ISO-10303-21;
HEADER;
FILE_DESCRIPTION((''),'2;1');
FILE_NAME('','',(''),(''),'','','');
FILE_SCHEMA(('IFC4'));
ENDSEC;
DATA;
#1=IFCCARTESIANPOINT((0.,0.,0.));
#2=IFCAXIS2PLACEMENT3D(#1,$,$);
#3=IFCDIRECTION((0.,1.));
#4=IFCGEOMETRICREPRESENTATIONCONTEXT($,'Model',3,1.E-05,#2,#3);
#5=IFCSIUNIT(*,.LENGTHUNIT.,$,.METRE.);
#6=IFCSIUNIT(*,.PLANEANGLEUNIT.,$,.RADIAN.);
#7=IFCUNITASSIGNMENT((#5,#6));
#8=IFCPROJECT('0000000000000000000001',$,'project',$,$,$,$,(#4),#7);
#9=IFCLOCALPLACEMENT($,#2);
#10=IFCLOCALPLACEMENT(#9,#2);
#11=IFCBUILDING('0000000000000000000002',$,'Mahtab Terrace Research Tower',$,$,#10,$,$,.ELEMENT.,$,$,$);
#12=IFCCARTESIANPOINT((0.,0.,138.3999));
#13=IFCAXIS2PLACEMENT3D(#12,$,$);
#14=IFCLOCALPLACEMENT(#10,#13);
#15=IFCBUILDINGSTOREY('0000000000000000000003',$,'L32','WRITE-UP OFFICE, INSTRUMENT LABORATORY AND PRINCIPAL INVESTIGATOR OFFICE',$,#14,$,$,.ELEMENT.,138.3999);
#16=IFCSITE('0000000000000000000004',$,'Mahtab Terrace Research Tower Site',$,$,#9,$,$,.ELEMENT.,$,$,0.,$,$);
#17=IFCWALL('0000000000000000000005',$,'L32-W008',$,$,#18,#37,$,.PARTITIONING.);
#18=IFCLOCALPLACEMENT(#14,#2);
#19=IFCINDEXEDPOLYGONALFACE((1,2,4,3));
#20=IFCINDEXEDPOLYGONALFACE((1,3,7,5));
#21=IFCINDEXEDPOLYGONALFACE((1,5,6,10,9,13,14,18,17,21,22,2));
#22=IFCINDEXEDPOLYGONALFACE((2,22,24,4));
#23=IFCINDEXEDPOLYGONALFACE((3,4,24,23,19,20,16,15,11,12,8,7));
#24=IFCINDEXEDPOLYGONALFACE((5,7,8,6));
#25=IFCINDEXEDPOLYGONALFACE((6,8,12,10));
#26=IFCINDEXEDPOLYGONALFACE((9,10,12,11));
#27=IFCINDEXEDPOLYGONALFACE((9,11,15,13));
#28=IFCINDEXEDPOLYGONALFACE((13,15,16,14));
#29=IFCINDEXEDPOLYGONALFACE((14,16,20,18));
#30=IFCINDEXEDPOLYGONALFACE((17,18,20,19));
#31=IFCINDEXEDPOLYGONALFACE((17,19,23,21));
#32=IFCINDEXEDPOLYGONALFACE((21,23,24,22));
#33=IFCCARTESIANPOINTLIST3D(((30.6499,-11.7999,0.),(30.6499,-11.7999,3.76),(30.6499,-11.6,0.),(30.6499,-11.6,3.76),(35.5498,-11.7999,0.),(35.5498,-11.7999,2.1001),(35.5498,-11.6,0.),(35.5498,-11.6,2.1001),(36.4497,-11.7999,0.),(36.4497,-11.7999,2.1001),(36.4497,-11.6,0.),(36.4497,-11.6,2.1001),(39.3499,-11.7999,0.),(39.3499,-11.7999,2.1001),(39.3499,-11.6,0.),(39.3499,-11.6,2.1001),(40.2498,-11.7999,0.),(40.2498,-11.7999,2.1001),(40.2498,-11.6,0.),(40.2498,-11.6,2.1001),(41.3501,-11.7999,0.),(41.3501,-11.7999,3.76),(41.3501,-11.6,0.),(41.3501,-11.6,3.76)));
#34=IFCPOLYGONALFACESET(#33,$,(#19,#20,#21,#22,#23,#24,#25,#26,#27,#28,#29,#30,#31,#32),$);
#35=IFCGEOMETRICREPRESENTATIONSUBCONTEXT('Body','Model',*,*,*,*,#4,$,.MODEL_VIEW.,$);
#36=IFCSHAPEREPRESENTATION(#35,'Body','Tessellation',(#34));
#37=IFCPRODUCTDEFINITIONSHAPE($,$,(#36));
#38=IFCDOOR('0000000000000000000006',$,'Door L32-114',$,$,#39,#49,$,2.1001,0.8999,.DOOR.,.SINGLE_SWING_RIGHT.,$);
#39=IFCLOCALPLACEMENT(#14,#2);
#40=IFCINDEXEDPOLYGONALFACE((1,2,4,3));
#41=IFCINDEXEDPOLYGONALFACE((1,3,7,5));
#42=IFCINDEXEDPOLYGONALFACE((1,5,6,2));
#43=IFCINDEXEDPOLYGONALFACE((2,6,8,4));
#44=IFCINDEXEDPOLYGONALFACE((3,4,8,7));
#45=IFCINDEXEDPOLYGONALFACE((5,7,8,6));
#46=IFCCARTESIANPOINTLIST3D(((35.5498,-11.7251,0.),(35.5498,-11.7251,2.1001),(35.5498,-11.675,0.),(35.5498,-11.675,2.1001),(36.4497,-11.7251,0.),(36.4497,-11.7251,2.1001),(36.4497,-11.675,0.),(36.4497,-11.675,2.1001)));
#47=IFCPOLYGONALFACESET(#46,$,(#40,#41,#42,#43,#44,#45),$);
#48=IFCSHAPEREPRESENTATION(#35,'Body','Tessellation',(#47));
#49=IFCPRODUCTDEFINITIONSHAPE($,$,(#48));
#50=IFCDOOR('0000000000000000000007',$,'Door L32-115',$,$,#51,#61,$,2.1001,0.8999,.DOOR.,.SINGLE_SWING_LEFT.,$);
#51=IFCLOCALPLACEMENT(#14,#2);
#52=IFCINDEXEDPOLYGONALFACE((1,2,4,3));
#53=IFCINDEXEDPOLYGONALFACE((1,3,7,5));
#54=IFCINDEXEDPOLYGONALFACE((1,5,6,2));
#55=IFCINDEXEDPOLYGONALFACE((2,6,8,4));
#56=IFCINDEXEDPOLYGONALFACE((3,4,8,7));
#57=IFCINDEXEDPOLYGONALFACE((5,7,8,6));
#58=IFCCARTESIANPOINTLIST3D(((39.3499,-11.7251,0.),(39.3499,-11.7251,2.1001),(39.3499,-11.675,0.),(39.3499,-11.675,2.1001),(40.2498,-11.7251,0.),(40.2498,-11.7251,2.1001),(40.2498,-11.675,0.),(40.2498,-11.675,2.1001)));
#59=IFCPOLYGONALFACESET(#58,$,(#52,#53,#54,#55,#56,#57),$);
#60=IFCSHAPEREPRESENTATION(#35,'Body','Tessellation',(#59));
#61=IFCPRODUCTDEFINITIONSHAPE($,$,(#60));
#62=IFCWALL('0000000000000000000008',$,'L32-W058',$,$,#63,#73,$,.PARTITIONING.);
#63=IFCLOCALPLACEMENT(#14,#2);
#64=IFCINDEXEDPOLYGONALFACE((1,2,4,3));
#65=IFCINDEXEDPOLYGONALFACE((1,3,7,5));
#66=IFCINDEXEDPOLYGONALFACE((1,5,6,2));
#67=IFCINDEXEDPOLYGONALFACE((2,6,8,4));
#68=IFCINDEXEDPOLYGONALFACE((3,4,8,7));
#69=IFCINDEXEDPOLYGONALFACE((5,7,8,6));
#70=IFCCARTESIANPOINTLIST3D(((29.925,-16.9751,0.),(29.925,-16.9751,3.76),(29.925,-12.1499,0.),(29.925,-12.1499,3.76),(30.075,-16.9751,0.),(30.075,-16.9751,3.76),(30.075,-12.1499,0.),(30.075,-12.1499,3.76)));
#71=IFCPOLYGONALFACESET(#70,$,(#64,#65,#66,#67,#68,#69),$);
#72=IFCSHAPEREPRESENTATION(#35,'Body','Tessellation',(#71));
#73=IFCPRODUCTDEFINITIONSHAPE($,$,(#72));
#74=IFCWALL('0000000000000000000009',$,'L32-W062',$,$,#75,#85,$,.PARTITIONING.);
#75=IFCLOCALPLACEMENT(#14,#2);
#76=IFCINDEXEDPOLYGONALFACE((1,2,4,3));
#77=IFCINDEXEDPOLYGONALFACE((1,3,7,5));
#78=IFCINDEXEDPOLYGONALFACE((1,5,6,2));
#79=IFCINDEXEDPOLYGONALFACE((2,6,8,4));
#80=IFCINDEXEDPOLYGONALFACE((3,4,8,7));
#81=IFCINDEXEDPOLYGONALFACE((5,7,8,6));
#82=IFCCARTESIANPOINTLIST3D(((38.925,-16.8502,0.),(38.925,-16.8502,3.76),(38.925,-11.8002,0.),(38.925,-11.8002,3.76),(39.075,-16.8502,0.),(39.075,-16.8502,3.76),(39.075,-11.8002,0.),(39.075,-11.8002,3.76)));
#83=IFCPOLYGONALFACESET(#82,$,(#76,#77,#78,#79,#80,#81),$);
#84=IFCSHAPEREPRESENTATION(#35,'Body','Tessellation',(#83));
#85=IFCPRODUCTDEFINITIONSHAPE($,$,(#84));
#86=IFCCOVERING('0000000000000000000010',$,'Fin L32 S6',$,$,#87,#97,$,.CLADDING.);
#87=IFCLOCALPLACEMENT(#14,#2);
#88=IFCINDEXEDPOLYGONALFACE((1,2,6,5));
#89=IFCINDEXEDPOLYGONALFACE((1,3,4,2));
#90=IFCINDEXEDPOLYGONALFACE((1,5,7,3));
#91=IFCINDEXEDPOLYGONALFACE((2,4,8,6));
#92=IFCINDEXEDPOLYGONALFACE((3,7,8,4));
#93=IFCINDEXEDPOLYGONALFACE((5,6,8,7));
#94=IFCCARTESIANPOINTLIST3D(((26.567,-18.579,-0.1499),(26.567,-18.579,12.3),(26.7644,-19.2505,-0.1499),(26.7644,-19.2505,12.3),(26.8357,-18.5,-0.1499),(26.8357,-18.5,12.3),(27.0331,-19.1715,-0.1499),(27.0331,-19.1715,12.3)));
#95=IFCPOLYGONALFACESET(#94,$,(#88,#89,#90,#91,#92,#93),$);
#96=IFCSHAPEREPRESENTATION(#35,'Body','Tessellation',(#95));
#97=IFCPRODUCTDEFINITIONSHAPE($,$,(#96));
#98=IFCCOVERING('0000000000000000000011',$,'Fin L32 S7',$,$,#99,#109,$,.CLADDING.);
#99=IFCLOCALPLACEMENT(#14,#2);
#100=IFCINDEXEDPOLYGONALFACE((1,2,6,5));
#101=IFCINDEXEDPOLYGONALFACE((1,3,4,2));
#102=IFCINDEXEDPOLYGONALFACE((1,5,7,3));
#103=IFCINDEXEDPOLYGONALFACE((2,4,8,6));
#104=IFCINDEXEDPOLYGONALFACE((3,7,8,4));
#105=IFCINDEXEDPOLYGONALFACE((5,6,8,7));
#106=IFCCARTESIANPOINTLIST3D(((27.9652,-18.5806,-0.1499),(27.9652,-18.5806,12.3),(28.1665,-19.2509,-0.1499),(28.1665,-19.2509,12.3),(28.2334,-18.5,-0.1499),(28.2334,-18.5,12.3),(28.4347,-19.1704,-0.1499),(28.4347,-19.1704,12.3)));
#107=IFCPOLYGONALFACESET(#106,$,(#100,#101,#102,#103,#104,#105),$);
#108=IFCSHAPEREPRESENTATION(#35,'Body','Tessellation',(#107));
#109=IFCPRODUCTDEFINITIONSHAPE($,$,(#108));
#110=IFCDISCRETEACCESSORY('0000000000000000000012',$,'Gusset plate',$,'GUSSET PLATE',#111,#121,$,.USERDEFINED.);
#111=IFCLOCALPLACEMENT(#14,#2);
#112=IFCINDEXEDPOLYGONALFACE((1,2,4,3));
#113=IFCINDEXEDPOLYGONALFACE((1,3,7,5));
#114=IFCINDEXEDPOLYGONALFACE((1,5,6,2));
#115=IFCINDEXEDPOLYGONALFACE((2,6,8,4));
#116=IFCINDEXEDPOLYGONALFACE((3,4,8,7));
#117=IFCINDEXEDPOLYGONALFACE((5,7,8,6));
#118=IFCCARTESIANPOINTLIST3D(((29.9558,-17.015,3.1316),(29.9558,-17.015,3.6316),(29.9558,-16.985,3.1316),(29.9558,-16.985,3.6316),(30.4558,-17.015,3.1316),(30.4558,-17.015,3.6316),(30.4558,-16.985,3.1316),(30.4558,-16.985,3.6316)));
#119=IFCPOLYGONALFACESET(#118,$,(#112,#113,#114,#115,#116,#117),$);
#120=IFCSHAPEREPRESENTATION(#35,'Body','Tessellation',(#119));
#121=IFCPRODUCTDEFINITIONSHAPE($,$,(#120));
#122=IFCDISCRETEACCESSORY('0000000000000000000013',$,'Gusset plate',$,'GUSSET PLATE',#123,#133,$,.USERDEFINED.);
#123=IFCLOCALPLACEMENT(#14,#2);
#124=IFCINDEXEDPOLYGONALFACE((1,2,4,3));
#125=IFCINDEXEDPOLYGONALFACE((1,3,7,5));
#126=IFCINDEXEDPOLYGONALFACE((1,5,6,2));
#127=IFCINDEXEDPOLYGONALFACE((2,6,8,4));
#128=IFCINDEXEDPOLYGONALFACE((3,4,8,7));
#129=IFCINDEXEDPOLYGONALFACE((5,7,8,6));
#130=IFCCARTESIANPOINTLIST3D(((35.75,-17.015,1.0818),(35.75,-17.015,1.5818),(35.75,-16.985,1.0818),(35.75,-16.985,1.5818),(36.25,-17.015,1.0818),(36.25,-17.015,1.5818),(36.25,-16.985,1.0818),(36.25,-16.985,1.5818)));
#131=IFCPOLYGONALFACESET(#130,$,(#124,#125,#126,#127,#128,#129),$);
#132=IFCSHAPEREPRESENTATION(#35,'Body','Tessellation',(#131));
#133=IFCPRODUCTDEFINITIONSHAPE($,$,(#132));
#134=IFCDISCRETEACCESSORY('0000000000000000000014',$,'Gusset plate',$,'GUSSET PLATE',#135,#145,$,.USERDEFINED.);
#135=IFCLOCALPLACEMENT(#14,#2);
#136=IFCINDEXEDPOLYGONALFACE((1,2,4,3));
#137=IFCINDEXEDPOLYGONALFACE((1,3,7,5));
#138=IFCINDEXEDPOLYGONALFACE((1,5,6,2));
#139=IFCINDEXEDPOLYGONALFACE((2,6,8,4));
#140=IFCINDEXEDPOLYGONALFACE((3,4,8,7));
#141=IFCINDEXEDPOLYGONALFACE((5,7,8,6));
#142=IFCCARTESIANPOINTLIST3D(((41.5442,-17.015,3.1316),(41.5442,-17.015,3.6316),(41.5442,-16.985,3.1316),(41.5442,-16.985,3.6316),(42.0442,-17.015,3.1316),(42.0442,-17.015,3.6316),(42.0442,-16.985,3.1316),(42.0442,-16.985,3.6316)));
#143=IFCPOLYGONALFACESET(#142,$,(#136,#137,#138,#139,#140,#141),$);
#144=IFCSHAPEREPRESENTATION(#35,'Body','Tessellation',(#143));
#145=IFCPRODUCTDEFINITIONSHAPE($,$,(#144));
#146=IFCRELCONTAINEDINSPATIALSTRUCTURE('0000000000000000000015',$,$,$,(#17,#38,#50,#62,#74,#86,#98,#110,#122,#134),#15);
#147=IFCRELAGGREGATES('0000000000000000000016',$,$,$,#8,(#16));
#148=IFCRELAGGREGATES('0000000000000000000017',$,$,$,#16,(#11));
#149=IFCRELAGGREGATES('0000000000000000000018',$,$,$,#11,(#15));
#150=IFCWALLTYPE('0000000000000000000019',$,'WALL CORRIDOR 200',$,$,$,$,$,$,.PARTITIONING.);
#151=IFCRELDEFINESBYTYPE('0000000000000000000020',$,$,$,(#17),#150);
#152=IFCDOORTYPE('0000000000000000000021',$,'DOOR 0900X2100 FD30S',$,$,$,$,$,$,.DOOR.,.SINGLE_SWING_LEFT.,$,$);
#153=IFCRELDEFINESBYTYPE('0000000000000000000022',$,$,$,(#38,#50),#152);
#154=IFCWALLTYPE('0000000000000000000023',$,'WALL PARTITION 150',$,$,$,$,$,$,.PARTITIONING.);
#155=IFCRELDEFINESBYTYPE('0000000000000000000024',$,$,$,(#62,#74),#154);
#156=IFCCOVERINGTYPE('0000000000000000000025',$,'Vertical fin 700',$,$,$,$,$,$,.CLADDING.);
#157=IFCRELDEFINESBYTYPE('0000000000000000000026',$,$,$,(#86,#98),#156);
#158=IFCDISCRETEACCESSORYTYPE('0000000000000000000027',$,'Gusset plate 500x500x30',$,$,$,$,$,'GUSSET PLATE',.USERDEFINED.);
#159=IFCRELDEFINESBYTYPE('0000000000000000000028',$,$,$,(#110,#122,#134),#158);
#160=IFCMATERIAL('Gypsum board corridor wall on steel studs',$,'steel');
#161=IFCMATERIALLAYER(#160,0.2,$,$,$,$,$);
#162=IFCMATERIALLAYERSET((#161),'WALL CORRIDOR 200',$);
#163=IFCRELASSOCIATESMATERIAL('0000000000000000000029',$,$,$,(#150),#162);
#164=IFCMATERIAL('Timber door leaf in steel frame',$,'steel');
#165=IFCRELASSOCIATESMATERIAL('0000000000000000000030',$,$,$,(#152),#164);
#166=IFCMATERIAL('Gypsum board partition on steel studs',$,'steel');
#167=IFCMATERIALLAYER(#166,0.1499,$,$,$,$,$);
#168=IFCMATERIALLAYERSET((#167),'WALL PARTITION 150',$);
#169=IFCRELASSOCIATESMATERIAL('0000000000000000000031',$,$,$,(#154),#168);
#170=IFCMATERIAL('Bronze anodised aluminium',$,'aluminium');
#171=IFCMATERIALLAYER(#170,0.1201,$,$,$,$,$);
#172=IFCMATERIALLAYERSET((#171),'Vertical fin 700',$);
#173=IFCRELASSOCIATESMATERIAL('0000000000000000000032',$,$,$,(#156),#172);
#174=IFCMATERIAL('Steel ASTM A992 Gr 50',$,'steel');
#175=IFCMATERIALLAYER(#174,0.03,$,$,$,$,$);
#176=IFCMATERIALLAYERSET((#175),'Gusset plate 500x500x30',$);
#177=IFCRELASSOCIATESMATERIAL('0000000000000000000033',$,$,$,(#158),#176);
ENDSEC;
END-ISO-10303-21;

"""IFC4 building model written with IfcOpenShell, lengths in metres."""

from ifc_helpers import new_model, si_unit, direction, frame, frame_2d, origin, origin_2d, place, context, subcontext, project, spatial, rectangle, extrude, material, layer, layer_set, type_object, element, fill, save


model = new_model("IFC4")

# Units and contexts
model_context = context("Model", 3, precision=1e-05, world=origin(), true_north=direction((0.0, 1.0)))
body_context = subcontext(model_context, "Body", "Model", "MODEL_VIEW")
ifc_project = project(units=[si_unit("LENGTHUNIT", "METRE"), si_unit("PLANEANGLEUNIT", "RADIAN")], contexts=[model_context])

# Site, building, storey
site_placement = place(None, origin())
site = spatial("IfcSite", under=ifc_project, at=site_placement, Name="Mahtab Terrace Research Tower Site", CompositionType="ELEMENT", RefElevation=0.0)
building_placement = place(site_placement, origin())
building = spatial("IfcBuilding", under=site, at=building_placement, Name="Mahtab Terrace Research Tower", CompositionType="ELEMENT")
storey_placement = place(building_placement, frame((0.0, 0.0, 138.3999)))
storey = spatial("IfcBuildingStorey", under=building, at=storey_placement, Name="L32", Description="WRITE-UP OFFICE, INSTRUMENT LABORATORY AND PRINCIPAL INVESTIGATOR OFFICE", CompositionType="ELEMENT", Elevation=138.3999)

# Shared definitions
ifc_material_1 = material(Name="Steel ASTM A992 Gr 50", Category="steel")

# Wall, openings, doors
ifc_material_2 = material(Name="Gypsum board corridor wall on steel studs", Category="steel")
ifc_layer_1 = layer(ifc_material_2, 0.2)
ifc_layer_set_1 = layer_set([ifc_layer_1], Name="WALL CORRIDOR 200")
wall_type_1 = type_object("IfcWallType", Name="WALL CORRIDOR 200", PredefinedType="PARTITIONING", material=ifc_layer_set_1)
wall_1_placement = place(storey_placement, frame((30.6499, -11.7, 0.0), z_axis=(0.0, 0.0, 1.0), x_axis=(1.0, 0.0, 0.0)))
wall_1 = element("IfcWall", 1, at=wall_1_placement, inside=storey, type_object=wall_type_1, Name="L32-W008", PredefinedType="PARTITIONING", context=body_context, shape_type="SweptSolid", body=[
    extrude(rectangle(XDim=10.7002, YDim=0.2, at=frame_2d((5.3501, 0.0))), origin(), (0.0, 0.0, 1.0), 3.76),
])
opening_1_placement = place(wall_1_placement, frame((4.8999, 0.0, 0.0)))
opening_1 = element("IfcOpeningElement", 2, at=opening_1_placement, cuts=wall_1, PredefinedType="OPENING", context=body_context, shape_type="SweptSolid", body=[
    extrude(rectangle(XDim=0.8999, YDim=2.1001, at=frame_2d((0.45, 1.05))), frame((0.0, 0.1099, 0.0), z_axis=(0.0, -1.0, 0.0), x_axis=(1.0, 0.0, 0.0)), (0.0, 0.0, 1.0), 0.22),
])
opening_2_placement = place(wall_1_placement, frame((8.7, 0.0, 0.0)))
opening_2 = element("IfcOpeningElement", 3, at=opening_2_placement, cuts=wall_1, PredefinedType="OPENING", context=body_context, shape_type="SweptSolid", body=[
    extrude(rectangle(XDim=0.8999, YDim=2.1001, at=frame_2d((0.45, 1.05))), frame((0.0, 0.1099, 0.0), z_axis=(0.0, -1.0, 0.0), x_axis=(1.0, 0.0, 0.0)), (0.0, 0.0, 1.0), 0.22),
])
ifc_material_3 = material(Name="Timber door leaf in steel frame", Category="steel")
door_type = type_object("IfcDoorType", Name="DOOR 0900X2100 FD30S", OperationType="SINGLE_SWING_LEFT", PredefinedType="DOOR", material=ifc_material_3)
door_1_placement = place(opening_1_placement, origin())
door_1 = element("IfcDoor", 4, at=door_1_placement, inside=storey, type_object=door_type, Name="Door L32-114", OperationType="SINGLE_SWING_RIGHT", OverallHeight=2.1001, OverallWidth=0.8999, PredefinedType="DOOR", context=body_context, shape_type="SweptSolid", body=[
    extrude(rectangle(XDim=0.8999, YDim=2.1001, at=frame_2d((0.45, 1.05))), frame((0.0, 0.0249, 0.0), z_axis=(0.0, -1.0, 0.0), x_axis=(1.0, 0.0, 0.0)), (0.0, 0.0, 1.0), 0.05),
])
fill(opening_1, door_1)
door_2_placement = place(opening_2_placement, origin())
door_2 = element("IfcDoor", 5, at=door_2_placement, inside=storey, type_object=door_type, Name="Door L32-115", OperationType="SINGLE_SWING_LEFT", OverallHeight=2.1001, OverallWidth=0.8999, PredefinedType="DOOR", context=body_context, shape_type="SweptSolid", body=[
    extrude(rectangle(XDim=0.8999, YDim=2.1001, at=frame_2d((0.45, 1.05))), frame((0.0, 0.0249, 0.0), z_axis=(0.0, -1.0, 0.0), x_axis=(1.0, 0.0, 0.0)), (0.0, 0.0, 1.0), 0.05),
])
fill(opening_2, door_2)

# Walls
ifc_material_4 = material(Name="Gypsum board partition on steel studs", Category="steel")
ifc_layer_2 = layer(ifc_material_4, 0.1499)
ifc_layer_set_2 = layer_set([ifc_layer_2], Name="WALL PARTITION 150")
wall_type_2 = type_object("IfcWallType", Name="WALL PARTITION 150", PredefinedType="PARTITIONING", material=ifc_layer_set_2)
wall_2_placement = place(storey_placement, frame((30.0, -16.9751, 0.0), z_axis=(0.0, 0.0, 1.0), x_axis=(0.0, 1.0, 0.0)))
element("IfcWall", 6, at=wall_2_placement, inside=storey, type_object=wall_type_2, Name="L32-W058", PredefinedType="PARTITIONING", context=body_context, shape_type="SweptSolid", body=[
    extrude(rectangle(XDim=4.8252, YDim=0.1499, at=frame_2d((2.4126, 0.0))), origin(), (0.0, 0.0, 1.0), 3.76),
])
wall_3_placement = place(storey_placement, frame((39.0, -16.8501, 0.0), z_axis=(0.0, 0.0, 1.0), x_axis=(0.0, 1.0, 0.0)))
element("IfcWall", 7, at=wall_3_placement, inside=storey, type_object=wall_type_2, Name="L32-W062", PredefinedType="PARTITIONING", context=body_context, shape_type="SweptSolid", body=[
    extrude(rectangle(XDim=5.05, YDim=0.1499, at=frame_2d((2.5249, 0.0))), origin(), (0.0, 0.0, 1.0), 3.76),
])

# Coverings
ifc_material_5 = material(Name="Bronze anodised aluminium", Category="aluminium")
ifc_layer_3 = layer(ifc_material_5, 0.1201)
ifc_layer_set_3 = layer_set([ifc_layer_3], Name="Vertical fin 700")
covering_type = type_object("IfcCoveringType", Name="Vertical fin 700", PredefinedType="CLADDING", material=ifc_layer_set_3)
for number, where, z_axis, x_axis, name in (
    (8, (26.8, -18.8752, -0.1499), (0.0, 0.0, 1.0), (0.959408, 0.282023, 0.0), "Fin L32 S6"),
    (9, (28.2, -18.8755, -0.1499), (0.0, 0.0, 1.0), (0.957751, 0.287599, 0.0), "Fin L32 S7"),
):
    element("IfcCovering", number, at=place(storey_placement, frame(where, z_axis=z_axis, x_axis=x_axis)), inside=storey, type_object=covering_type, Name=name, PredefinedType="CLADDING", context=body_context, shape_type="SweptSolid", body=[
        extrude(rectangle(XDim=0.28, YDim=0.7, at=origin_2d()), origin(), (0.0, 0.0, 1.0), 12.45),
    ])

# Discrete accessories
ifc_layer_4 = layer(ifc_material_1, 0.03)
ifc_layer_set_4 = layer_set([ifc_layer_4], Name="Gusset plate 500x500x30")
discrete_accessory_type = type_object("IfcDiscreteAccessoryType", Name="Gusset plate 500x500x30", ElementType="GUSSET PLATE", PredefinedType="USERDEFINED", material=ifc_layer_set_4)
for number, where, z_axis, x_axis, name in (
    (10, (30.2058, -17.0, 3.1316), (0.0, 0.0, 1.0), (1.0, 0.0, 0.0), "Gusset plate"),
    (11, (36.0, -17.0, 1.0818), (0.0, 0.0, 1.0), (1.0, 0.0, 0.0), "Gusset plate"),
    (12, (41.7942, -17.0, 3.1316), (0.0, 0.0, 1.0), (1.0, 0.0, 0.0), "Gusset plate"),
):
    element("IfcDiscreteAccessory", number, at=place(storey_placement, frame(where, z_axis=z_axis, x_axis=x_axis)), inside=storey, type_object=discrete_accessory_type, Name=name, ObjectType="GUSSET PLATE", PredefinedType="USERDEFINED", context=body_context, shape_type="SweptSolid", body=[
        extrude(rectangle(XDim=0.5, YDim=0.03, at=origin_2d()), origin(), (0.0, 0.0, 1.0), 0.5),
    ])

save(model, "model.ifc")
